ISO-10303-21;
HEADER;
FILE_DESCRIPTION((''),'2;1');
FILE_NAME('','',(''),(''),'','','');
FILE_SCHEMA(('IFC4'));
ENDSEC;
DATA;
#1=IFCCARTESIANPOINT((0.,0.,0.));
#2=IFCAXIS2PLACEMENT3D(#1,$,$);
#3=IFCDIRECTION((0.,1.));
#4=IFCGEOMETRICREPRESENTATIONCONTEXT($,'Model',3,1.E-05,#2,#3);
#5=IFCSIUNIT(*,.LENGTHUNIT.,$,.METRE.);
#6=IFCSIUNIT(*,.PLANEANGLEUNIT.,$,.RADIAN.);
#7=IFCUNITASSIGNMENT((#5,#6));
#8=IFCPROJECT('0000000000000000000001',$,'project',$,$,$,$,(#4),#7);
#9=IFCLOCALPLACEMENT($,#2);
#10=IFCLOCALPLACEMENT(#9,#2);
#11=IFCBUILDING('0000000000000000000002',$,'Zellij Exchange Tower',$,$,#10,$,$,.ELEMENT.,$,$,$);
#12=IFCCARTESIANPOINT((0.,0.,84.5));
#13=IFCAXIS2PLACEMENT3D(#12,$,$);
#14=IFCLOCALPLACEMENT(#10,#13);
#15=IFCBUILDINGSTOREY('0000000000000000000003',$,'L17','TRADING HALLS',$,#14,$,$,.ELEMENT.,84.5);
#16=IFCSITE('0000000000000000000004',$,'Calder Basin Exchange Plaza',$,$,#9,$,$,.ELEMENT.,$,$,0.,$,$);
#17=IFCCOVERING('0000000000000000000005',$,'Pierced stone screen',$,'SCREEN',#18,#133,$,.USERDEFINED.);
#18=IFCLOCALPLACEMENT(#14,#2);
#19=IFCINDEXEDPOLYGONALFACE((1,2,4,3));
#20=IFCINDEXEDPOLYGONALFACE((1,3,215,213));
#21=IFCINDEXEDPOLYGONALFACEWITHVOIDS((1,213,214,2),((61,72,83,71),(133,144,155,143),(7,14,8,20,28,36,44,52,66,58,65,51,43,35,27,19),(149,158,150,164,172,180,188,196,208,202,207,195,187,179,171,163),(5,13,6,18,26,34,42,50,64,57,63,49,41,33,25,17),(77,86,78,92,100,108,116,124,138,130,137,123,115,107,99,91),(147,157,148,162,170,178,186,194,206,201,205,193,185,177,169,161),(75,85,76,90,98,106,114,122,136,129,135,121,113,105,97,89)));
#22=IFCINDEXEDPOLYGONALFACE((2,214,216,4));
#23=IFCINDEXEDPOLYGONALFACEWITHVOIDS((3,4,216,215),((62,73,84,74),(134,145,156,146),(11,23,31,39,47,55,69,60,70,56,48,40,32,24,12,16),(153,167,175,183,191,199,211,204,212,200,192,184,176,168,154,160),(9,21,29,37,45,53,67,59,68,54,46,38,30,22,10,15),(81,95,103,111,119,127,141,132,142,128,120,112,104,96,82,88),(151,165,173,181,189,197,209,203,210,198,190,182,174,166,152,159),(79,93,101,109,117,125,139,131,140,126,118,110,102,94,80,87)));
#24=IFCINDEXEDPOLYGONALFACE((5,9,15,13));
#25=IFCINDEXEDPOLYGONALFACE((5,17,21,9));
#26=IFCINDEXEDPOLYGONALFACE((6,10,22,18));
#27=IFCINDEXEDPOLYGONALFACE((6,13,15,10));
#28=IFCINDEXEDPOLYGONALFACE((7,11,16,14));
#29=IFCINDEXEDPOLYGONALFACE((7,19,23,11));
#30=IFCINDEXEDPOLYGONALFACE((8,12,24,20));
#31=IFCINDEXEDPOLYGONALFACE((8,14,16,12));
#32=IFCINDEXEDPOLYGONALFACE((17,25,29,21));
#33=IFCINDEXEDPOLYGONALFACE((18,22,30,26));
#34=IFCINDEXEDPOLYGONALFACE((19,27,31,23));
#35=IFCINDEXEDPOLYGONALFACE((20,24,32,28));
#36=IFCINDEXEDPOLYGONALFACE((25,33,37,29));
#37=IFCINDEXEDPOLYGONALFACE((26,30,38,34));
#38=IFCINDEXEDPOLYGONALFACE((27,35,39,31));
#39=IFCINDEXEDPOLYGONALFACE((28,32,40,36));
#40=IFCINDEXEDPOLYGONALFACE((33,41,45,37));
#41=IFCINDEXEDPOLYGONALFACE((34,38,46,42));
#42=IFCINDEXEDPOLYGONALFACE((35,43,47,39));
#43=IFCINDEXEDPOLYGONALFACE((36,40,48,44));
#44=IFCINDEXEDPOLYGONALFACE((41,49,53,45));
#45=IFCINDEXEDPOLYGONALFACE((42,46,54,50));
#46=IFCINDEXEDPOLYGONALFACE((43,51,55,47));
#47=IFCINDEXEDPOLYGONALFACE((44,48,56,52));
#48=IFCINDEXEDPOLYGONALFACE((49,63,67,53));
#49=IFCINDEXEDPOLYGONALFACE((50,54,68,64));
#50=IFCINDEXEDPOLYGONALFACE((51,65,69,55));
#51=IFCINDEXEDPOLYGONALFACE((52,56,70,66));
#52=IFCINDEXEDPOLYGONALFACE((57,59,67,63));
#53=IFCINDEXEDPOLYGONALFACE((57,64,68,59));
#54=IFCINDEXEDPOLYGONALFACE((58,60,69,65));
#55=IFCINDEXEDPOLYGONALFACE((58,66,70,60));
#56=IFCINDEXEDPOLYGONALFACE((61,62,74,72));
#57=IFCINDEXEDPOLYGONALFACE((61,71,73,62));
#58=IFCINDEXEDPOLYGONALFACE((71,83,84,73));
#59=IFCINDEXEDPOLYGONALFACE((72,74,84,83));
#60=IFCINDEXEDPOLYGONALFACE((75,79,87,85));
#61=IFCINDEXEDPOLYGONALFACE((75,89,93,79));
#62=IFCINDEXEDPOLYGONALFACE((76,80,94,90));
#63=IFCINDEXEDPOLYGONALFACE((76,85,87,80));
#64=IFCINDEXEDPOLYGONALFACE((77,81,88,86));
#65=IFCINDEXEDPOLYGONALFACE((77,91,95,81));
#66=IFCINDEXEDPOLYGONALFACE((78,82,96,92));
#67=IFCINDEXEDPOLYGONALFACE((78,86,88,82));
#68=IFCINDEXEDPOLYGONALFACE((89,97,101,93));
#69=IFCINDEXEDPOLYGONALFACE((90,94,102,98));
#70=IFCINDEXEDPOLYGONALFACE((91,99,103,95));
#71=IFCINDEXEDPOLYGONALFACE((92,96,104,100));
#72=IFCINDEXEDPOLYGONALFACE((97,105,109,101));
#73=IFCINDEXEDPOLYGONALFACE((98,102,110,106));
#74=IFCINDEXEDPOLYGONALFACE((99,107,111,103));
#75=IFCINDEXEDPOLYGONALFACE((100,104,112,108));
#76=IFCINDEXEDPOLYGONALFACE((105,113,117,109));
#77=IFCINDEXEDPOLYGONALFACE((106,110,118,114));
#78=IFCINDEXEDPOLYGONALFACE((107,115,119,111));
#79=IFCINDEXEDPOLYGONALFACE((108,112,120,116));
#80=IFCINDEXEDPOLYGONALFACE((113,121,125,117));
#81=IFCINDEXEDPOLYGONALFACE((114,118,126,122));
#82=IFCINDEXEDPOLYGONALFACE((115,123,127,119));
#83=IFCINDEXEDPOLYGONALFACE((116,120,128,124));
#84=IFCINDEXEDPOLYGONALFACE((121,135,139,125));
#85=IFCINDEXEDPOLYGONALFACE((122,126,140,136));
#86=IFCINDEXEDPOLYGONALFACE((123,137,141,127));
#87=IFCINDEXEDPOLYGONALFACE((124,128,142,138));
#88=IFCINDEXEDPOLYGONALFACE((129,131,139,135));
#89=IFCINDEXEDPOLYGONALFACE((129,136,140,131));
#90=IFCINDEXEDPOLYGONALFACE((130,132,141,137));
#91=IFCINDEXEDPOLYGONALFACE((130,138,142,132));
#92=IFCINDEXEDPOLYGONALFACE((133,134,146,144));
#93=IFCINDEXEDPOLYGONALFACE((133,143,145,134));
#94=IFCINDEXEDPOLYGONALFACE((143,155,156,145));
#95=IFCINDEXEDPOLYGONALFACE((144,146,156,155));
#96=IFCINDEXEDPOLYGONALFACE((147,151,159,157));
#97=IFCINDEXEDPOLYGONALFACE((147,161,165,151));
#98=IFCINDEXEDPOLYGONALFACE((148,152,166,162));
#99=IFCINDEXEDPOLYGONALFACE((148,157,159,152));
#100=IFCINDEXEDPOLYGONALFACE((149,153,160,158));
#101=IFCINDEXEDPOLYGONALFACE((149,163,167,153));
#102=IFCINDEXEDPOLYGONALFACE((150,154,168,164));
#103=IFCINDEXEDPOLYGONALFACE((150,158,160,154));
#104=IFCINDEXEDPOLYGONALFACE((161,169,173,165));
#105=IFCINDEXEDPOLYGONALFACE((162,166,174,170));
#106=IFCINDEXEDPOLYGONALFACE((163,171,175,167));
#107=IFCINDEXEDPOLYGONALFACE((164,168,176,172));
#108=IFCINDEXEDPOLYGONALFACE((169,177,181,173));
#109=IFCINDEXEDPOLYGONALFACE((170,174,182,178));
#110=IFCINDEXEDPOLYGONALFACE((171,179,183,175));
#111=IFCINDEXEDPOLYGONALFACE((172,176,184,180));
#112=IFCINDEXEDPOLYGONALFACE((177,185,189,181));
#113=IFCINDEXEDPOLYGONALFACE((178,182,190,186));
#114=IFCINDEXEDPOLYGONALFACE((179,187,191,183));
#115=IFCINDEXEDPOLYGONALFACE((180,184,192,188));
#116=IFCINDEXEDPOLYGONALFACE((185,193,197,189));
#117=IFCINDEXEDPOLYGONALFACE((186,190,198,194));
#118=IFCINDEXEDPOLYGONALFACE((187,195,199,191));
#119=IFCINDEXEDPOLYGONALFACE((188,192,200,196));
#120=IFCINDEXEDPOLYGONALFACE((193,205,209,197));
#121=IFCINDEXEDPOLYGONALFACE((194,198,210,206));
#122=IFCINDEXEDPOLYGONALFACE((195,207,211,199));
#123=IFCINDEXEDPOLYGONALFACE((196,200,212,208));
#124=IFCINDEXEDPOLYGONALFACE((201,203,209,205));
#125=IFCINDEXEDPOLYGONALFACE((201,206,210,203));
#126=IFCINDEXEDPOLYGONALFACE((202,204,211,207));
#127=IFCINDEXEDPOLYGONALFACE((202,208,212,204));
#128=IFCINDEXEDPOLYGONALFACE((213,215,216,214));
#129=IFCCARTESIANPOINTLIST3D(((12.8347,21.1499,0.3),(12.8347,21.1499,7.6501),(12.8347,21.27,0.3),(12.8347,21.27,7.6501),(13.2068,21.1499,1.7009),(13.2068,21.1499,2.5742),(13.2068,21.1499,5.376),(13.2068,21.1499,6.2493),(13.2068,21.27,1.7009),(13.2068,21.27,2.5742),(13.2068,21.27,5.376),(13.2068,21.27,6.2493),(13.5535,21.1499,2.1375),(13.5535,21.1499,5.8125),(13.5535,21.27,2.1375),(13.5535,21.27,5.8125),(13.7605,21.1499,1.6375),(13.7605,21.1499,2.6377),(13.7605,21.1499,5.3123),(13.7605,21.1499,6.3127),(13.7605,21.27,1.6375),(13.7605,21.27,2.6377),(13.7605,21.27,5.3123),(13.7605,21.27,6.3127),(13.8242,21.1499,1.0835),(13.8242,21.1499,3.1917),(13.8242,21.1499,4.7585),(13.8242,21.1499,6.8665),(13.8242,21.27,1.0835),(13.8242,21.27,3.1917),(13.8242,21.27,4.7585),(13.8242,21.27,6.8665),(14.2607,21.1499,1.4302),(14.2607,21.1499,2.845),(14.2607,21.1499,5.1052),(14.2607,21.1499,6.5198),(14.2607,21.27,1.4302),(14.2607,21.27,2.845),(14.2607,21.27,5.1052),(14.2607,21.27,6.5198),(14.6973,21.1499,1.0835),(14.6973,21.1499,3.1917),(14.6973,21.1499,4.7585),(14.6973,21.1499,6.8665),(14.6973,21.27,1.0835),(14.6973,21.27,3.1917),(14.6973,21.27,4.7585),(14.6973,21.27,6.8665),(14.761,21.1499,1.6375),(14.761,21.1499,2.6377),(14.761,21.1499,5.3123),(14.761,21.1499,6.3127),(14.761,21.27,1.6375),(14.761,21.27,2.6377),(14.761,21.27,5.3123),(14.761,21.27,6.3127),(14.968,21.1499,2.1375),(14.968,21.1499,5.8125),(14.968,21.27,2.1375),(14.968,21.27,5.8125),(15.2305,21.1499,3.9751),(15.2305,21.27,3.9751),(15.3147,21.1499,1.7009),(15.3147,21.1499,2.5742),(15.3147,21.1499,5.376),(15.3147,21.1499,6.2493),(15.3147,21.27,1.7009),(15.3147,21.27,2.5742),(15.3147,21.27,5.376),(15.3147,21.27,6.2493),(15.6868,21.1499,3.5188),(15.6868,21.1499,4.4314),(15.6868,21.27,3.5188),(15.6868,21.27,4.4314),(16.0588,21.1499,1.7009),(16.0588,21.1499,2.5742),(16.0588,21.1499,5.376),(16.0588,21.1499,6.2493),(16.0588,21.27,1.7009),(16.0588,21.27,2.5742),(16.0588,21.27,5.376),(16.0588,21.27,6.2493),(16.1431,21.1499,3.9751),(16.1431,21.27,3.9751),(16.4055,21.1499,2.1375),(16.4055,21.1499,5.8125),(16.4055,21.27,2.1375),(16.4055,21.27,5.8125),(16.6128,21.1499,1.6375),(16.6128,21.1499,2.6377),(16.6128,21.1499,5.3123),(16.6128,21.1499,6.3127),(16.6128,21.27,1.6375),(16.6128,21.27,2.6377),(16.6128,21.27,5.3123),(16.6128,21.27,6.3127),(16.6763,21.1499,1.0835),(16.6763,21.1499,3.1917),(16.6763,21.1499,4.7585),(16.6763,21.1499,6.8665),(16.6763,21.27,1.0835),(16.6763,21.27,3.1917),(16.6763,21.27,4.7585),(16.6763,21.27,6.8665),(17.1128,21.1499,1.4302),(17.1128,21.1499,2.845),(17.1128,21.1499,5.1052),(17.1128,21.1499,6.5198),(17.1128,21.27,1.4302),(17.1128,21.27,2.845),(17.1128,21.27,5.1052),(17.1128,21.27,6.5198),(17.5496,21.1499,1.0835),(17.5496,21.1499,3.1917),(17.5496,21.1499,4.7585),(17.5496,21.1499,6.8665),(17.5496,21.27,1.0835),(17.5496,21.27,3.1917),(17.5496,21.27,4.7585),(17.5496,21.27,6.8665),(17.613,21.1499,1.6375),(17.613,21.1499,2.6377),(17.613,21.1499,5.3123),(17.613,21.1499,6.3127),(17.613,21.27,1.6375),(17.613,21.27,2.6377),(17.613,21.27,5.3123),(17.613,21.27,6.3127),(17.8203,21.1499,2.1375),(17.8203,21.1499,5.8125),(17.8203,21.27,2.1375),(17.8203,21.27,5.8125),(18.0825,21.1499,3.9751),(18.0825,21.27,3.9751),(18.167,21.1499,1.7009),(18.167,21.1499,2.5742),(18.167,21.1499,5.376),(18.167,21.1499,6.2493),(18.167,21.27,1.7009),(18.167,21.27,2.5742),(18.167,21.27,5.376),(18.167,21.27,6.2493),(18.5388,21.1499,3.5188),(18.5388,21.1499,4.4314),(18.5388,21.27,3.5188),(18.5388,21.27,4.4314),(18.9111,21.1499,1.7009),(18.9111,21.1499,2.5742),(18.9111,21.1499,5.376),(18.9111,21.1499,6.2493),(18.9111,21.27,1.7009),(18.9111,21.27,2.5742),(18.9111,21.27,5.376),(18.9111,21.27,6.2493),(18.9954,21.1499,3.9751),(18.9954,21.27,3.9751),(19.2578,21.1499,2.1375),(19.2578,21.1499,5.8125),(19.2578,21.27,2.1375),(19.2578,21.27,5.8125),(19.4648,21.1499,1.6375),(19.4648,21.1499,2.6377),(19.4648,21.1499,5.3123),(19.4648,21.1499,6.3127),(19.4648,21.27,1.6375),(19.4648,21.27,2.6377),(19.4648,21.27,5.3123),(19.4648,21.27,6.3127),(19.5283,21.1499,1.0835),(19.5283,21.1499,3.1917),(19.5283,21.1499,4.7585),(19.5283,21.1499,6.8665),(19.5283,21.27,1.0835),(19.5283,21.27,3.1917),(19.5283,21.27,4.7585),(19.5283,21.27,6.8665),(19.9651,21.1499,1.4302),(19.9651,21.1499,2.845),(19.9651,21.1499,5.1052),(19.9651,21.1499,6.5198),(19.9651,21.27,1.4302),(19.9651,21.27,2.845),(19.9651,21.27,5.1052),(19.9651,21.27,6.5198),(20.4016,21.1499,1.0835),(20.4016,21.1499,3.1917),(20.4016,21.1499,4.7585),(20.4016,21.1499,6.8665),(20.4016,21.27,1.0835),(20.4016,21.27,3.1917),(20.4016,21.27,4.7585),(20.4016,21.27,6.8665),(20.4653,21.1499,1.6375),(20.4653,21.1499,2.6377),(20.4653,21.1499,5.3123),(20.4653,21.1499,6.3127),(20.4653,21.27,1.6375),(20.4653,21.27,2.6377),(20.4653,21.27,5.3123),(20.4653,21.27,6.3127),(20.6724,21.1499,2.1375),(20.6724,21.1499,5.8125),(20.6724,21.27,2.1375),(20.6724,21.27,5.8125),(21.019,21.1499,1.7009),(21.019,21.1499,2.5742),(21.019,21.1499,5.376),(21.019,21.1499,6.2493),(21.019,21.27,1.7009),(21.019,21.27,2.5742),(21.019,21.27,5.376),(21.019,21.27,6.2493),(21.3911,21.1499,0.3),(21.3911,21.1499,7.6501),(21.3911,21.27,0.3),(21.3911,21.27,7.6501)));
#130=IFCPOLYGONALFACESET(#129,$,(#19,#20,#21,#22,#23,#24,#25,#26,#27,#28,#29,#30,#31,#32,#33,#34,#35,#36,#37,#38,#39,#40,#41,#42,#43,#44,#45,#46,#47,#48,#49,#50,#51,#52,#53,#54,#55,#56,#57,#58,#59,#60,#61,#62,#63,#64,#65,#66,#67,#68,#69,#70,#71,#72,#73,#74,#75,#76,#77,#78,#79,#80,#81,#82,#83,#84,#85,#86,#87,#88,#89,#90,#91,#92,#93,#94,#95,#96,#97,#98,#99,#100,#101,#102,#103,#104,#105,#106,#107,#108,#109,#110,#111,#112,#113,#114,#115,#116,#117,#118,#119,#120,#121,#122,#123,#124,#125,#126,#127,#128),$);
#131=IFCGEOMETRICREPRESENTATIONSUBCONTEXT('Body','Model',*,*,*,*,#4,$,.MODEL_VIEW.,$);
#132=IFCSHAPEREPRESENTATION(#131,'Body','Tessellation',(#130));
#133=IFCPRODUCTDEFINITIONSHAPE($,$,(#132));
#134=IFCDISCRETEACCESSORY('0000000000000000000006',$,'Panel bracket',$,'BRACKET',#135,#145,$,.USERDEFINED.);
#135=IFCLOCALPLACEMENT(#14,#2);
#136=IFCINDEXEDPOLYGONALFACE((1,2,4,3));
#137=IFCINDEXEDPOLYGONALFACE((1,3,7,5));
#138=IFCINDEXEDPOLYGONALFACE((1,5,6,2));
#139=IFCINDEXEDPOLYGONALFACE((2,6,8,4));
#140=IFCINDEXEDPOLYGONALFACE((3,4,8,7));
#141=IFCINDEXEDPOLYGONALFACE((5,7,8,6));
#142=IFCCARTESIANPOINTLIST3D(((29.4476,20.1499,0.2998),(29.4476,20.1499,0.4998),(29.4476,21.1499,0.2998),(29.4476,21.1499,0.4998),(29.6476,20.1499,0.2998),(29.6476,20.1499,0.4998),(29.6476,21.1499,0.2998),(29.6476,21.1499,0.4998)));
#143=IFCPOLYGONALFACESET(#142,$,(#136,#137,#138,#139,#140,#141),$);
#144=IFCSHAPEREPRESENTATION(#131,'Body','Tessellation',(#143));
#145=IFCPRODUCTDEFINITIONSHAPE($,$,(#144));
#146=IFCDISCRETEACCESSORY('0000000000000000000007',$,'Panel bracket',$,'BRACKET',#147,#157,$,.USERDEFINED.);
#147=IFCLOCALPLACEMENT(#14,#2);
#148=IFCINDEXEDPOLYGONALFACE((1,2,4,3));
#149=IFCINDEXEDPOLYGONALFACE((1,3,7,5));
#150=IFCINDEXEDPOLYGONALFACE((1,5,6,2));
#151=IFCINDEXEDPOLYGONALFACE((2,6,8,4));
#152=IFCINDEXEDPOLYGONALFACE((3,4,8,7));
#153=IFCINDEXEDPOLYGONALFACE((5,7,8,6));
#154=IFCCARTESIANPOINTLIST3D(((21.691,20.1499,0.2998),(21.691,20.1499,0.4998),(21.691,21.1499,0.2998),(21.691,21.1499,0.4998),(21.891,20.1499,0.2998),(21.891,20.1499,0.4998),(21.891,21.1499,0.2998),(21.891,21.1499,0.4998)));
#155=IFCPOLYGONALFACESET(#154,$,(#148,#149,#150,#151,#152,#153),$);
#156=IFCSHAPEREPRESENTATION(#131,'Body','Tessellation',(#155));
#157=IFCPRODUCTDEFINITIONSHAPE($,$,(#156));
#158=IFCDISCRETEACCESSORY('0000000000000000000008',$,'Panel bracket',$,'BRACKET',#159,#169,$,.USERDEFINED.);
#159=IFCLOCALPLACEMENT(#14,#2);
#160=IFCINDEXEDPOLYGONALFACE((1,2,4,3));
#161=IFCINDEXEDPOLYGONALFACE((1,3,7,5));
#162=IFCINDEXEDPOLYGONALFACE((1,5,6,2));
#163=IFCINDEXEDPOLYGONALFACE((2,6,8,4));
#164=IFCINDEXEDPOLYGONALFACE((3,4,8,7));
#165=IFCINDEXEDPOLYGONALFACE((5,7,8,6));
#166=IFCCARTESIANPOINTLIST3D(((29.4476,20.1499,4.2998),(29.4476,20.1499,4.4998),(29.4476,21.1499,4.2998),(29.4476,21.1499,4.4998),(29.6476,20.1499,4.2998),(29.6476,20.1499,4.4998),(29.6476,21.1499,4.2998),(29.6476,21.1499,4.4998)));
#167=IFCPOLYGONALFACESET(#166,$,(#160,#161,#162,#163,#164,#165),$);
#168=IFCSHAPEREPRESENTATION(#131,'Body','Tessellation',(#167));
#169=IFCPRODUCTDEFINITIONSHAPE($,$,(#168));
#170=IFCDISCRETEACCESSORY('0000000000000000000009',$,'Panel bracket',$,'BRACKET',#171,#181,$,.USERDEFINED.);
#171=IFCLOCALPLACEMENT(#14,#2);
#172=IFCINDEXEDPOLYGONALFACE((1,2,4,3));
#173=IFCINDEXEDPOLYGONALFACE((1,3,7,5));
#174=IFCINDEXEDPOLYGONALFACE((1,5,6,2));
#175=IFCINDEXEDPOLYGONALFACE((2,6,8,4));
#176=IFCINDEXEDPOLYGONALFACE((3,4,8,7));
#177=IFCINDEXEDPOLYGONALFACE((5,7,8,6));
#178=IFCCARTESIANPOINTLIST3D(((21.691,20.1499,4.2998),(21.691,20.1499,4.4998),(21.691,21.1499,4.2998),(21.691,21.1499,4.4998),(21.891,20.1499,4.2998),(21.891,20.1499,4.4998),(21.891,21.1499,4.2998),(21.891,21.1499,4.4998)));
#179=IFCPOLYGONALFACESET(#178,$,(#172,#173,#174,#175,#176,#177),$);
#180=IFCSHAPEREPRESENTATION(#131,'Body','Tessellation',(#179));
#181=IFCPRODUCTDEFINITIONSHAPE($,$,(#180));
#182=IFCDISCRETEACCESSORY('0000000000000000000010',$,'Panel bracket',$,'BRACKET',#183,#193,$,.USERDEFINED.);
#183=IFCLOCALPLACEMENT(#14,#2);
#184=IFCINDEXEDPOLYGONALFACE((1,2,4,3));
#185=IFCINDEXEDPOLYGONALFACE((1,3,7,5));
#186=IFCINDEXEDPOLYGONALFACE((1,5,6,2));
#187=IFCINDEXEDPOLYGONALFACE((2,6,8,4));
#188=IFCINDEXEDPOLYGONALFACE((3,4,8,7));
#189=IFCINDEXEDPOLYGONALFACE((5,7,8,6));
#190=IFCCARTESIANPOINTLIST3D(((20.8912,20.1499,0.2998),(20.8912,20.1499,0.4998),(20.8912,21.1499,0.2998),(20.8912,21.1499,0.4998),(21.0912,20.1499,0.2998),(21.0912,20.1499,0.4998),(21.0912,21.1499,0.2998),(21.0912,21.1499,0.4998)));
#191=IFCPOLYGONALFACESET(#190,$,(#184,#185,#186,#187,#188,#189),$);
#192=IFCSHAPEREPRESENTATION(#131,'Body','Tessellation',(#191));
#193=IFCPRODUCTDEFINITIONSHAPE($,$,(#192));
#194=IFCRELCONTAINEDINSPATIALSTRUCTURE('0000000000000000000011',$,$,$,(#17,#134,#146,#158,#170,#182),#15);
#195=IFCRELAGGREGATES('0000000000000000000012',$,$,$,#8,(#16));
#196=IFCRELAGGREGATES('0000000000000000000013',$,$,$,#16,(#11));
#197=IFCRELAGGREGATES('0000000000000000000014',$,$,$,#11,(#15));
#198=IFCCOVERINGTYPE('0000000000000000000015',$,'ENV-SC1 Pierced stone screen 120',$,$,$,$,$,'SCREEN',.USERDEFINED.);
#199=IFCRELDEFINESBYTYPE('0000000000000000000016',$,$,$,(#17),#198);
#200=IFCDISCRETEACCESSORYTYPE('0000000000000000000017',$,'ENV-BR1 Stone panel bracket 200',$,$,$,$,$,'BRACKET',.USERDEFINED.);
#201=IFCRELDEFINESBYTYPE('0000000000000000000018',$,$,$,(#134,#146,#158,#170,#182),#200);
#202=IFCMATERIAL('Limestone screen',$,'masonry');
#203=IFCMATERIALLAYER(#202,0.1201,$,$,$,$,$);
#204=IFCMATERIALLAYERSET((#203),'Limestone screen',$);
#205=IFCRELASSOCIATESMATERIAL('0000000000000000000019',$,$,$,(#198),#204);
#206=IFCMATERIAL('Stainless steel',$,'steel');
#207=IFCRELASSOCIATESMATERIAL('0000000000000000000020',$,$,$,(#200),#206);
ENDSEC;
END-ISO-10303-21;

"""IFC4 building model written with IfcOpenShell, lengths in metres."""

from ifc_helpers import new_model, si_unit, direction, frame, origin, origin_2d, place, context, subcontext, project, spatial, polyline, rectangle, outline, extrude, material, layer, layer_set, type_object, element, save


model = new_model("IFC4")

# Units and contexts
model_context = context("Model", 3, precision=1e-05, world=origin(), true_north=direction((0.0, 1.0)))
body_context = subcontext(model_context, "Body", "Model", "MODEL_VIEW")
ifc_project = project(units=[si_unit("LENGTHUNIT", "METRE"), si_unit("PLANEANGLEUNIT", "RADIAN")], contexts=[model_context])

# Site, building, storey
site_placement = place(None, origin())
site = spatial("IfcSite", under=ifc_project, at=site_placement, Name="Calder Basin Exchange Plaza", CompositionType="ELEMENT", RefElevation=0.0)
building_placement = place(site_placement, origin())
building = spatial("IfcBuilding", under=site, at=building_placement, Name="Zellij Exchange Tower", CompositionType="ELEMENT")
storey_placement = place(building_placement, frame((0.0, 0.0, 84.5)))
storey = spatial("IfcBuildingStorey", under=building, at=storey_placement, Name="L17", Description="TRADING HALLS", CompositionType="ELEMENT", Elevation=84.5)

# Covering
ifc_material_1 = material(Name="Limestone screen", Category="masonry")
ifc_layer_1 = layer(ifc_material_1, 0.1201)
ifc_layer_set_1 = layer_set([ifc_layer_1], Name="Limestone screen")
covering_type = type_object("IfcCoveringType", Name="ENV-SC1 Pierced stone screen 120", ElementType="SCREEN", PredefinedType="USERDEFINED", material=ifc_layer_set_1)
covering_1_placement = place(storey_placement, frame((21.3911, 21.21, 0.3), z_axis=(0.0, 0.0, 1.0), x_axis=(-1.0, 0.0, 0.0)))
element("IfcCovering", 1, at=covering_1_placement, inside=storey, type_object=covering_type, Name="Pierced stone screen", ObjectType="SCREEN", PredefinedType="USERDEFINED", context=body_context, shape_type="SweptSolid", body=[
    extrude(outline(polyline([(0.0, 0.0), (8.5564, 0.0), (8.5564, 7.3501), (0.0, 7.3501), (0.0, 0.0)]), holes=[polyline([(2.48, 2.2742), (1.9263, 2.3376), (1.8628, 2.8916), (1.426, 2.5449), (0.9895, 2.8916), (0.9258, 2.3376), (0.3721, 2.2742), (0.7188, 1.8374), (0.3721, 1.4009), (0.9258, 1.3374), (0.9895, 0.7834), (1.426, 1.1301), (1.8628, 0.7834), (1.9263, 1.3374), (2.48, 1.4009), (2.1333, 1.8374), (2.48, 2.2742)]), polyline([(2.48, 5.9492), (1.9263, 6.0127), (1.8628, 6.5664), (1.426, 6.2197), (0.9895, 6.5664), (0.9258, 6.0127), (0.3721, 5.9492), (0.7188, 5.5125), (0.3721, 5.0759), (0.9258, 5.0122), (0.9895, 4.4585), (1.426, 4.8052), (1.8628, 4.4585), (1.9263, 5.0122), (2.48, 5.0759), (2.1333, 5.5125), (2.48, 5.9492)]), polyline([(5.3323, 2.2742), (4.7783, 2.3376), (4.7148, 2.8916), (4.2783, 2.5449), (3.8416, 2.8916), (3.7781, 2.3376), (3.2241, 2.2742), (3.5708, 1.8374), (3.2241, 1.4009), (3.7781, 1.3374), (3.8416, 0.7834), (4.2783, 1.1301), (4.7148, 0.7834), (4.7783, 1.3374), (5.3323, 1.4009), (4.9856, 1.8374), (5.3323, 2.2742)]), polyline([(5.3323, 5.9492), (4.7783, 6.0127), (4.7148, 6.5664), (4.2783, 6.2197), (3.8416, 6.5664), (3.7781, 6.0127), (3.2241, 5.9492), (3.5708, 5.5125), (3.2241, 5.0759), (3.7781, 5.0122), (3.8416, 4.4585), (4.2783, 4.8052), (4.7148, 4.4585), (4.7783, 5.0122), (5.3323, 5.0759), (4.9856, 5.5125), (5.3323, 5.9492)]), polyline([(8.1843, 2.2742), (7.6306, 2.3376), (7.5669, 2.8916), (7.1304, 2.5449), (6.6938, 2.8916), (6.6301, 2.3376), (6.0764, 2.2742), (6.4231, 1.8374), (6.0764, 1.4009), (6.6301, 1.3374), (6.6938, 0.7834), (7.1304, 1.1301), (7.5669, 0.7834), (7.6306, 1.3374), (8.1843, 1.4009), (7.8376, 1.8374), (8.1843, 2.2742)]), polyline([(8.1843, 5.9492), (7.6306, 6.0127), (7.5669, 6.5664), (7.1304, 6.2197), (6.6938, 6.5664), (6.6301, 6.0127), (6.0764, 5.9492), (6.4231, 5.5125), (6.0764, 5.0759), (6.6301, 5.0122), (6.6938, 4.4585), (7.1304, 4.8052), (7.5669, 4.4585), (7.6306, 5.0122), (8.1843, 5.0759), (7.8376, 5.5125), (8.1843, 5.9492)]), polyline([(3.3086, 3.675), (2.8523, 4.1313), (2.3958, 3.675), (2.8523, 3.2188), (3.3086, 3.675)]), polyline([(6.1606, 3.675), (5.7043, 4.1313), (5.248, 3.675), (5.7043, 3.2188), (6.1606, 3.675)])]), frame((0.0, 0.0601, 0.0), z_axis=(0.0, -1.0, 0.0), x_axis=(1.0, 0.0, 0.0)), (0.0, 0.0, 1.0), 0.1201),
])

# Discrete accessories
ifc_material_2 = material(Name="Stainless steel", Category="steel")
discrete_accessory_type = type_object("IfcDiscreteAccessoryType", Name="ENV-BR1 Stone panel bracket 200", ElementType="BRACKET", PredefinedType="USERDEFINED", material=ifc_material_2)
for number, where, z_axis, x_axis, name in (
    (2, (29.5476, 20.6499, 0.2998), (0.0, 0.0, 1.0), (-1.0, 0.0, 0.0), "Panel bracket"),
    (3, (21.791, 20.6499, 0.2998), (0.0, 0.0, 1.0), (-1.0, 0.0, 0.0), "Panel bracket"),
    (4, (29.5476, 20.6499, 4.2998), (0.0, 0.0, 1.0), (-1.0, 0.0, 0.0), "Panel bracket"),
    (5, (21.791, 20.6499, 4.2998), (0.0, 0.0, 1.0), (-1.0, 0.0, 0.0), "Panel bracket"),
    (6, (20.9912, 20.6499, 0.2998), (0.0, 0.0, 1.0), (-1.0, 0.0, 0.0), "Panel bracket"),
):
    element("IfcDiscreteAccessory", number, at=place(storey_placement, frame(where, z_axis=z_axis, x_axis=x_axis)), inside=storey, type_object=discrete_accessory_type, Name=name, ObjectType="BRACKET", PredefinedType="USERDEFINED", context=body_context, shape_type="SweptSolid", body=[
        extrude(rectangle(XDim=0.2, YDim=1.0, at=origin_2d()), origin(), (0.0, 0.0, 1.0), 0.2),
    ])

save(model, "model.ifc")
